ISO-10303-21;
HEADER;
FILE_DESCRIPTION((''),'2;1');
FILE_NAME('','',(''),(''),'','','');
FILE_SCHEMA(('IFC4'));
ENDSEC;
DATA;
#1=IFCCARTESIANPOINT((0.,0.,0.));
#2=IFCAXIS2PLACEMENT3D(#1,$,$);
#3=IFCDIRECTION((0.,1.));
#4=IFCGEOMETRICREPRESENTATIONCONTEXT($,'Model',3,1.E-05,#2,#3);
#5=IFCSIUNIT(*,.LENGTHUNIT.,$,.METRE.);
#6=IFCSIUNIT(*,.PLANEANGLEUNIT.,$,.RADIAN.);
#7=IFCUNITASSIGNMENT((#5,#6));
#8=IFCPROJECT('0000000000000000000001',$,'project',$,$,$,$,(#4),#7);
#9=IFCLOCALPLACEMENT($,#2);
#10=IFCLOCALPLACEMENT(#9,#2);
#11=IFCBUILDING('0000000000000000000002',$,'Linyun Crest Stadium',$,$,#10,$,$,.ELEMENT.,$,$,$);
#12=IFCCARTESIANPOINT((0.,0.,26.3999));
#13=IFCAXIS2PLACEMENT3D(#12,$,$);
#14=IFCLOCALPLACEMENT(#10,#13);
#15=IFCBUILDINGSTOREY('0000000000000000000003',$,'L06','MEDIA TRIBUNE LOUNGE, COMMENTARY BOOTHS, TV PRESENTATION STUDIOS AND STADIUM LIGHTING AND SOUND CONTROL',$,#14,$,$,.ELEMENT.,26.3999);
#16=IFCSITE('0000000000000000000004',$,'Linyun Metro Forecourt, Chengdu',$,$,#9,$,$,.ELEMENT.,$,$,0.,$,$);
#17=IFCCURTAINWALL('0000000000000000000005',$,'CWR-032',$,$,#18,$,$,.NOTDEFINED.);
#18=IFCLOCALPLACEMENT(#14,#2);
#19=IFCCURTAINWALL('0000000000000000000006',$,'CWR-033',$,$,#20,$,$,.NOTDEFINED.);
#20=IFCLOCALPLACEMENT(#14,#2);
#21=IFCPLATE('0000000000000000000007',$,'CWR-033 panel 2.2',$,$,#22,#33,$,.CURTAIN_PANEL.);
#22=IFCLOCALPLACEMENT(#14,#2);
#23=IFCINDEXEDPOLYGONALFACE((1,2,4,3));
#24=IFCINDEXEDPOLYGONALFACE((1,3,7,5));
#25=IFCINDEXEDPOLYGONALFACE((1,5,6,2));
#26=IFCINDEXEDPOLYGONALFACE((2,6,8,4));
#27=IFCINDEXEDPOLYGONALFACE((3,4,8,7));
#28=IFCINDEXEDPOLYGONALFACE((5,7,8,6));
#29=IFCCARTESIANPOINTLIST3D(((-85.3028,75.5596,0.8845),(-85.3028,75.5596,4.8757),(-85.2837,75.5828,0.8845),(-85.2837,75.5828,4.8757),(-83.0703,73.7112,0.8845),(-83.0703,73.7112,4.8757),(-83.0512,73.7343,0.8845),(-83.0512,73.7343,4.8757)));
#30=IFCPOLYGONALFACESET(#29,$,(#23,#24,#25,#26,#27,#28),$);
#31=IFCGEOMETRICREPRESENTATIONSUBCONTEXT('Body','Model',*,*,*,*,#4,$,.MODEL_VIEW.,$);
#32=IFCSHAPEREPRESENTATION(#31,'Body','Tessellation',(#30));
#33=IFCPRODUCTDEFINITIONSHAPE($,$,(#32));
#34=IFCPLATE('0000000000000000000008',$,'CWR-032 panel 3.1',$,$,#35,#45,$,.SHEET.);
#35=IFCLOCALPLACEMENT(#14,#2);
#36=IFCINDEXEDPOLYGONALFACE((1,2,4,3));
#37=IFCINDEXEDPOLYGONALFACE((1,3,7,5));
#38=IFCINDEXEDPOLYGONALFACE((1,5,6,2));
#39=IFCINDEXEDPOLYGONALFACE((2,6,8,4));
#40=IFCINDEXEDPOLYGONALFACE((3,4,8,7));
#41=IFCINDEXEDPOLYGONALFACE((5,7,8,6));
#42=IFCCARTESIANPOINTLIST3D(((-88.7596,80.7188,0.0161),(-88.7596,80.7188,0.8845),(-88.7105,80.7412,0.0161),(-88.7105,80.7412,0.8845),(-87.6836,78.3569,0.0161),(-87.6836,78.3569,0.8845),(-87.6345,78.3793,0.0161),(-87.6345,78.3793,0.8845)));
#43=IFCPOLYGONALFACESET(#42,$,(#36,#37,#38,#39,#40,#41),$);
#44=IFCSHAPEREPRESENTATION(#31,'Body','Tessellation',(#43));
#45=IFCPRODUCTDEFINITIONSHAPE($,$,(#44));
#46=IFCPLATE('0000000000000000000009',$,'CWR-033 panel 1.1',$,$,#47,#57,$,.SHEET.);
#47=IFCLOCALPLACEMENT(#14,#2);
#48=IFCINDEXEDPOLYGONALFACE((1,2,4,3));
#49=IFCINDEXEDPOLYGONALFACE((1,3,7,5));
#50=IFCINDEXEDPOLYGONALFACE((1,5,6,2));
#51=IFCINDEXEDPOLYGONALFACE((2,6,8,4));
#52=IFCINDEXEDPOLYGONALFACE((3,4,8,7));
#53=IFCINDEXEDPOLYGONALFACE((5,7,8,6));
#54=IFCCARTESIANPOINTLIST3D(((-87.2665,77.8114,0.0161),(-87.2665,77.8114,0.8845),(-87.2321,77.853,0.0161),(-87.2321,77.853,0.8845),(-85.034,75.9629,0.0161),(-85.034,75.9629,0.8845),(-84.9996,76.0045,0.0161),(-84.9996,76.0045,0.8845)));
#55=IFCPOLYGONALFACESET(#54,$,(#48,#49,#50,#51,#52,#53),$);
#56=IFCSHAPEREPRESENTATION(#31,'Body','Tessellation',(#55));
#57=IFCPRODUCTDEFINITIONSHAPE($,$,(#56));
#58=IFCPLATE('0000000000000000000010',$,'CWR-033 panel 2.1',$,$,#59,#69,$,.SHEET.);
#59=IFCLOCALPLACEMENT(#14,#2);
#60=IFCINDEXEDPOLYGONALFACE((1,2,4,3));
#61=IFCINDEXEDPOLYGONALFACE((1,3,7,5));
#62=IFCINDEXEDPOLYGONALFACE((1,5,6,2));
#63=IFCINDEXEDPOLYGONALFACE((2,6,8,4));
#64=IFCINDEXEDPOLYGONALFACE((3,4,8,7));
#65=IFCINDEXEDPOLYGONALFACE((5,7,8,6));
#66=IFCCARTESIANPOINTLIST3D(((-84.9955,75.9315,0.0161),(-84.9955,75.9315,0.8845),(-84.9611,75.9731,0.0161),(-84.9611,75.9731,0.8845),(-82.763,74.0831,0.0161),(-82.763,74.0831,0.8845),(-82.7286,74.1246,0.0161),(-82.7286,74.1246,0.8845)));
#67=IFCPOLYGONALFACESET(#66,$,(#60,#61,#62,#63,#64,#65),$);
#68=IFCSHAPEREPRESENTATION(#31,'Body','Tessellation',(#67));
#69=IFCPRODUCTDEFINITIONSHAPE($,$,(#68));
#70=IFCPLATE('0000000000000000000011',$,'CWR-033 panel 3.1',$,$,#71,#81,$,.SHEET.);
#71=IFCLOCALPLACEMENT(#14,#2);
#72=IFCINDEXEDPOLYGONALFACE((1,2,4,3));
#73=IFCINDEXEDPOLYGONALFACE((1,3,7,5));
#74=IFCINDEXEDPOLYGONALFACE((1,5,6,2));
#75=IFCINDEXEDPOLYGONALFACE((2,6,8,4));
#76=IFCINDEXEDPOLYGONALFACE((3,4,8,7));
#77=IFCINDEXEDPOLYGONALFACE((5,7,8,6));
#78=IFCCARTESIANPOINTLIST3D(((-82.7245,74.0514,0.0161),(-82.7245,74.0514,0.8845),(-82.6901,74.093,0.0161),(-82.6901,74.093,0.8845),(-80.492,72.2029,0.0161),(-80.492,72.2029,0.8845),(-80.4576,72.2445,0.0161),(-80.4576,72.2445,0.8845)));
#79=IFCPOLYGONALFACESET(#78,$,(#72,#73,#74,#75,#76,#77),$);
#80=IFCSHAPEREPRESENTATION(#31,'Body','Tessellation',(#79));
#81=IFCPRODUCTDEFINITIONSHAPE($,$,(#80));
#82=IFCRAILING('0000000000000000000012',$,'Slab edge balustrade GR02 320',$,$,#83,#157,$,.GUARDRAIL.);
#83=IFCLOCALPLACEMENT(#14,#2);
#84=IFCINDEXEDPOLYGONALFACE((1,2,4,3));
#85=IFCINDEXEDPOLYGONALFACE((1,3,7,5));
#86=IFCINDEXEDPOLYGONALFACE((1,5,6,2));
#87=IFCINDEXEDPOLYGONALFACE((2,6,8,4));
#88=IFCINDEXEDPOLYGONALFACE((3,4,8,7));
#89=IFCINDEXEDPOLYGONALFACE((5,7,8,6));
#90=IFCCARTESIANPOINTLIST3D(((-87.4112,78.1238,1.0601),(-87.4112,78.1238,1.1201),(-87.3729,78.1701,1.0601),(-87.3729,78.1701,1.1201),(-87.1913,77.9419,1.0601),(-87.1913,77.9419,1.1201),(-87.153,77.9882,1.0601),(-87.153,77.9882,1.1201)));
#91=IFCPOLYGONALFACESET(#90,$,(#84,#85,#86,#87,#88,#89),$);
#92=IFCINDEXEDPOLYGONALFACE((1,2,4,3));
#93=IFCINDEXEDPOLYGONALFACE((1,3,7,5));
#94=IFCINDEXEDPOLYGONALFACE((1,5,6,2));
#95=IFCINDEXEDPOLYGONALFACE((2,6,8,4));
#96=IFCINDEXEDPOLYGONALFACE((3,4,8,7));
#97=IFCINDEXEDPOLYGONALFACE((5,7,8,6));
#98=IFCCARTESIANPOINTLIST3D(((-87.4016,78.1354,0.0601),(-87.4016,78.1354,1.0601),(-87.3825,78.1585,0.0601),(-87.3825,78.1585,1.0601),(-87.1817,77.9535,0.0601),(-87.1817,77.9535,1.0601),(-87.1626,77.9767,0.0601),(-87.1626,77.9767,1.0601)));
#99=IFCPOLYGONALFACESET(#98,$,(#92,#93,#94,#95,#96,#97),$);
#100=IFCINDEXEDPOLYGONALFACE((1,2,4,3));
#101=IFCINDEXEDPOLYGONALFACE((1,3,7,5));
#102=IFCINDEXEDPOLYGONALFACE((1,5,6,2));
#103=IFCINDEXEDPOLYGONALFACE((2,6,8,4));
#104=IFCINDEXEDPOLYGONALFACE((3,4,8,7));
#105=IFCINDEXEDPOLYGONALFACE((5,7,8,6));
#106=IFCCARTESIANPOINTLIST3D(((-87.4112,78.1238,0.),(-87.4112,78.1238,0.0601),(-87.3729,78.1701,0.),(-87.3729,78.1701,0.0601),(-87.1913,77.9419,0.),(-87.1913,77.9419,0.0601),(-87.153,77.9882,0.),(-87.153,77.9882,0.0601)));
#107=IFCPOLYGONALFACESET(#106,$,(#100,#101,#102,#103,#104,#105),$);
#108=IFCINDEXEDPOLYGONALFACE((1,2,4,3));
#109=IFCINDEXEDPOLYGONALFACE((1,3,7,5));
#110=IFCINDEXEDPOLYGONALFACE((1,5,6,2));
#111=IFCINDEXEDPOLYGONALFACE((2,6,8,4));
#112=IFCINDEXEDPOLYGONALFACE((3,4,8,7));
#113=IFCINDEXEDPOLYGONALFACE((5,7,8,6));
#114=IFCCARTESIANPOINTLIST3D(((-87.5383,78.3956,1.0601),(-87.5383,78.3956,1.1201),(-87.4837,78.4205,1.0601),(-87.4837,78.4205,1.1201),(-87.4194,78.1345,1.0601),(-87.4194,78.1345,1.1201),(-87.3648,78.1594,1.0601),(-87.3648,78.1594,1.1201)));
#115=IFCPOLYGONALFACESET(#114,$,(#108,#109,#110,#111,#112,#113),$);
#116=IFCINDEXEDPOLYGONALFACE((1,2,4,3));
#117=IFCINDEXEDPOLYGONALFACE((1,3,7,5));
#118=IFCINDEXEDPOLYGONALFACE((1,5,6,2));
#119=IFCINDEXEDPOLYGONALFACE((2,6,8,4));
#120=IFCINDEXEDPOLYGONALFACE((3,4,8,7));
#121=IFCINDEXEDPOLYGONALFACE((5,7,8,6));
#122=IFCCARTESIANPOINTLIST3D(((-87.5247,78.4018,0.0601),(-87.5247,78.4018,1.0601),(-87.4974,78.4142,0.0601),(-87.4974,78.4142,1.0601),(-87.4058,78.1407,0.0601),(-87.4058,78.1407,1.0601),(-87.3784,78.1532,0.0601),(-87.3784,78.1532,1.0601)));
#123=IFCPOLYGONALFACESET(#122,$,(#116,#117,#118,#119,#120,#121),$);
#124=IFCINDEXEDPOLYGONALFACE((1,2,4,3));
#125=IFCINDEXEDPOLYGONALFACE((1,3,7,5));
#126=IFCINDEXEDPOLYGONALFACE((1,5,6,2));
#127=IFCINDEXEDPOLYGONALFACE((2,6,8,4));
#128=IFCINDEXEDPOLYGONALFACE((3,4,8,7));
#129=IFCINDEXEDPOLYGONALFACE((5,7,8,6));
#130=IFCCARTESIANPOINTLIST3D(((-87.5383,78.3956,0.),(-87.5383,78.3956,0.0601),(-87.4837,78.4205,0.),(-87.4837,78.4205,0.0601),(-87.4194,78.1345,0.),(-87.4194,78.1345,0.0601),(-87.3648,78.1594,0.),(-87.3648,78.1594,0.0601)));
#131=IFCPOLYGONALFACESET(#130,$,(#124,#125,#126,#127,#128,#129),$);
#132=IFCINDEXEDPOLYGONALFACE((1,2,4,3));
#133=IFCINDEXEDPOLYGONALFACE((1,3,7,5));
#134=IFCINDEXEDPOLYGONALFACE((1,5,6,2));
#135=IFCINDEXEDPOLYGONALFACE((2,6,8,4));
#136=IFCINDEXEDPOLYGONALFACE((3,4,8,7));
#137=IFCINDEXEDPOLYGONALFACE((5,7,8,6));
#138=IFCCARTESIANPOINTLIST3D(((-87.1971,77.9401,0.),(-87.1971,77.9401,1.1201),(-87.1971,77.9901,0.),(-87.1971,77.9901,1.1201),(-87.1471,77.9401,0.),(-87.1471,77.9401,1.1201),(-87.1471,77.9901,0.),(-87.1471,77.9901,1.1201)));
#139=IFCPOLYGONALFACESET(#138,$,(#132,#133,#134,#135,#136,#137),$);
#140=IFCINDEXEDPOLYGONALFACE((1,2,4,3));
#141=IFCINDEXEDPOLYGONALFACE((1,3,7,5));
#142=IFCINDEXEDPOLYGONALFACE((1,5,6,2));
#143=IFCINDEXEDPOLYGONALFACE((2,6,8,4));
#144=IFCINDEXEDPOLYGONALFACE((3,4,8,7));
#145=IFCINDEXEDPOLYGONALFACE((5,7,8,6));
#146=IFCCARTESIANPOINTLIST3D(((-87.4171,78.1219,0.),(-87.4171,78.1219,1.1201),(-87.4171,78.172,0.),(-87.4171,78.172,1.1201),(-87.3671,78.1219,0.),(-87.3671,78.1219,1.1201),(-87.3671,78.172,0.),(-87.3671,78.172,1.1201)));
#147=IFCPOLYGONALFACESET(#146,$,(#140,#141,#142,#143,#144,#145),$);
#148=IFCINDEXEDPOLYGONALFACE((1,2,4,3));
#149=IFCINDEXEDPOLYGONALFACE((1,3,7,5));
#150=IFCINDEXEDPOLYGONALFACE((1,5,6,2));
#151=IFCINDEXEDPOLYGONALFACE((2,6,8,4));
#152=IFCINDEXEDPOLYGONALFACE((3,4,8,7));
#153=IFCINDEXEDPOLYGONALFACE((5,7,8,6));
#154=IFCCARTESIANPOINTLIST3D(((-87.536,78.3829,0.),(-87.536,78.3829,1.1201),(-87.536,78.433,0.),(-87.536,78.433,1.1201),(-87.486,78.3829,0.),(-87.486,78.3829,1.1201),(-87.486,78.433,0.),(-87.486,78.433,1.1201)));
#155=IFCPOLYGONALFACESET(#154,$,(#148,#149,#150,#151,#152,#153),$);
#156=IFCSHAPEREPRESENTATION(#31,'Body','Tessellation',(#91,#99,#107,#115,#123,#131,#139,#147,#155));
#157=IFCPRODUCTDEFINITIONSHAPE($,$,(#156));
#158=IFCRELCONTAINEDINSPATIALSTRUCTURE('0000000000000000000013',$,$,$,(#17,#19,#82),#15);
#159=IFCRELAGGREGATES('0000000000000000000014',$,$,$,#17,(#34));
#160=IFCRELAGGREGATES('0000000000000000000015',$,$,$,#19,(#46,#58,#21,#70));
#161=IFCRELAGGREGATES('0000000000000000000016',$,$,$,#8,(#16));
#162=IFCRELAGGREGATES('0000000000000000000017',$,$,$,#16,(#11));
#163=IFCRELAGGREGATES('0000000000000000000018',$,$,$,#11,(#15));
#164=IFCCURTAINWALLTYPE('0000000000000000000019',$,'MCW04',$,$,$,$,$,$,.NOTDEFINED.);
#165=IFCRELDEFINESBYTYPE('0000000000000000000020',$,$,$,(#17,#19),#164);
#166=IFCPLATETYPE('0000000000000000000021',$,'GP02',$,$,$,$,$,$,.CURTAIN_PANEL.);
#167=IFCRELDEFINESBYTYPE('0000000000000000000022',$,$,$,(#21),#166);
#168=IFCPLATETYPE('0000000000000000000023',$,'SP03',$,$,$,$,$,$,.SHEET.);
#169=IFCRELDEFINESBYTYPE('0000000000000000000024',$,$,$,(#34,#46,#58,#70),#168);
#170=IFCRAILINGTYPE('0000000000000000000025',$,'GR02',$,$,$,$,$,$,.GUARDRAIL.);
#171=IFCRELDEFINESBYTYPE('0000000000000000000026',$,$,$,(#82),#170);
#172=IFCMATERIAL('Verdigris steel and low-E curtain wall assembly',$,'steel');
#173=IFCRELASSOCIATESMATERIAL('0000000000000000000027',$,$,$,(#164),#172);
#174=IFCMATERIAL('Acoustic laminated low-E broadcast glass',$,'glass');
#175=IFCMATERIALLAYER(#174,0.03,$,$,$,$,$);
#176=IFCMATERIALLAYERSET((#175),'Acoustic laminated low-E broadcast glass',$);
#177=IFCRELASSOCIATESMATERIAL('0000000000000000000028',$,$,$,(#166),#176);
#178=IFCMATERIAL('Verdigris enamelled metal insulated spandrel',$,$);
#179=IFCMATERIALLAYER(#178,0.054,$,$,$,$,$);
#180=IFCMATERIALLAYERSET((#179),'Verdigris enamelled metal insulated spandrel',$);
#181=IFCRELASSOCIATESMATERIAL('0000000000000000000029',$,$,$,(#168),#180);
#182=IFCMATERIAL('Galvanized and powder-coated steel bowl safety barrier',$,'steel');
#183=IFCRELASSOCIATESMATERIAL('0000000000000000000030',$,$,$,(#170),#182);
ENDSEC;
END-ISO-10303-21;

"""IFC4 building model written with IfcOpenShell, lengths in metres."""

from ifc_helpers import new_model, si_unit, direction, frame, origin, origin_2d, place, context, subcontext, project, spatial, rectangle, extrude, material, layer, layer_set, type_object, element, aggregate, save


model = new_model("IFC4")

# Units and contexts
model_context = context("Model", 3, precision=1e-05, world=origin(), true_north=direction((0.0, 1.0)))
body_context = subcontext(model_context, "Body", "Model", "MODEL_VIEW")
ifc_project = project(units=[si_unit("LENGTHUNIT", "METRE"), si_unit("PLANEANGLEUNIT", "RADIAN")], contexts=[model_context])

# Site, building, storey
site_placement = place(None, origin())
site = spatial("IfcSite", under=ifc_project, at=site_placement, Name="Linyun Metro Forecourt, Chengdu", CompositionType="ELEMENT", RefElevation=0.0)
building_placement = place(site_placement, origin())
building = spatial("IfcBuilding", under=site, at=building_placement, Name="Linyun Crest Stadium", CompositionType="ELEMENT")
storey_placement = place(building_placement, frame((0.0, 0.0, 26.3999)))
storey = spatial("IfcBuildingStorey", under=building, at=storey_placement, Name="L06", Description="MEDIA TRIBUNE LOUNGE, COMMENTARY BOOTHS, TV PRESENTATION STUDIOS AND STADIUM LIGHTING AND SOUND CONTROL", CompositionType="ELEMENT", Elevation=26.3999)

# Curtain wall
ifc_material_1 = material(Name="Verdigris steel and low-E curtain wall assembly", Category="steel")
curtain_wall_type = type_object("IfcCurtainWallType", Name="MCW04", PredefinedType="NOTDEFINED", material=ifc_material_1)
curtain_wall_1_placement = place(storey_placement, origin())
curtain_wall_1 = element("IfcCurtainWall", 1, at=curtain_wall_1_placement, inside=storey, type_object=curtain_wall_type, Name="CWR-032", PredefinedType="NOTDEFINED")

# Curtain wall
curtain_wall_2_placement = place(storey_placement, origin())
curtain_wall_2 = element("IfcCurtainWall", 2, at=curtain_wall_2_placement, inside=storey, type_object=curtain_wall_type, Name="CWR-033", PredefinedType="NOTDEFINED")

# Plates
ifc_material_2 = material(Name="Acoustic laminated low-E broadcast glass", Category="glass")
ifc_layer_1 = layer(ifc_material_2, 0.03)
ifc_layer_set_1 = layer_set([ifc_layer_1], Name="Acoustic laminated low-E broadcast glass")
plate_type_1 = type_object("IfcPlateType", Name="GP02", PredefinedType="CURTAIN_PANEL", material=ifc_layer_set_1)
plate_1_placement = place(storey_placement, frame((-84.177, 74.647, 0.8845), z_axis=(0.0, 0.0, 1.0), x_axis=(0.770246, -0.637747, 0.0)))
plate_1 = element("IfcPlate", 3, at=plate_1_placement, type_object=plate_type_1, Name="CWR-033 panel 2.2", PredefinedType="CURTAIN_PANEL", context=body_context, shape_type="SweptSolid", body=[
    extrude(rectangle(XDim=2.8984, YDim=0.03, at=origin_2d()), origin(), (0.0, 0.0, 1.0), 3.9912),
])
ifc_material_3 = material(Name="Verdigris enamelled metal insulated spandrel")
ifc_layer_2 = layer(ifc_material_3, 0.054)
ifc_layer_set_2 = layer_set([ifc_layer_2], Name="Verdigris enamelled metal insulated spandrel")
plate_type_2 = type_object("IfcPlateType", Name="SP03", PredefinedType="SHEET", material=ifc_layer_set_2)
plate_2_placement = place(storey_placement, frame((-88.197, 79.5491, 0.0161), z_axis=(0.0, 0.0, 1.0), x_axis=(0.414566, -0.910019, 0.0)))
plate_2 = element("IfcPlate", 4, at=plate_2_placement, type_object=plate_type_2, Name="CWR-032 panel 3.1", PredefinedType="SHEET", context=body_context, shape_type="SweptSolid", body=[
    extrude(rectangle(XDim=2.5955, YDim=0.054, at=origin_2d()), origin(), (0.0, 0.0, 1.0), 0.8684),
])
aggregate(curtain_wall_1, [plate_2])
plate_3_placement = place(storey_placement, frame((-86.1331, 76.908, 0.0161), z_axis=(0.0, 0.0, 1.0), x_axis=(0.770246, -0.637747, 0.0)))
plate_3 = element("IfcPlate", 5, at=plate_3_placement, type_object=plate_type_2, Name="CWR-033 panel 1.1", PredefinedType="SHEET", context=body_context, shape_type="SweptSolid", body=[
    extrude(rectangle(XDim=2.8984, YDim=0.054, at=origin_2d()), origin(), (0.0, 0.0, 1.0), 0.8684),
])
plate_4_placement = place(storey_placement, frame((-83.8621, 75.0281, 0.0161), z_axis=(0.0, 0.0, 1.0), x_axis=(0.770246, -0.637747, 0.0)))
plate_4 = element("IfcPlate", 6, at=plate_4_placement, type_object=plate_type_2, Name="CWR-033 panel 2.1", PredefinedType="SHEET", context=body_context, shape_type="SweptSolid", body=[
    extrude(rectangle(XDim=2.8984, YDim=0.054, at=origin_2d()), origin(), (0.0, 0.0, 1.0), 0.8684),
])
plate_5_placement = place(storey_placement, frame((-81.5911, 73.1479, 0.0161), z_axis=(0.0, 0.0, 1.0), x_axis=(0.770246, -0.637747, 0.0)))
plate_5 = element("IfcPlate", 7, at=plate_5_placement, type_object=plate_type_2, Name="CWR-033 panel 3.1", PredefinedType="SHEET", context=body_context, shape_type="SweptSolid", body=[
    extrude(rectangle(XDim=2.8984, YDim=0.054, at=origin_2d()), origin(), (0.0, 0.0, 1.0), 0.8684),
])
aggregate(curtain_wall_2, [plate_3, plate_4, plate_1, plate_5])

# Railing
ifc_material_4 = material(Name="Galvanized and powder-coated steel bowl safety barrier", Category="steel")
railing_type = type_object("IfcRailingType", Name="GR02", PredefinedType="GUARDRAIL", material=ifc_material_4)
railing_placement = place(storey_placement, frame((-87.1721, 77.9651, 0.0)))
element("IfcRailing", 8, at=railing_placement, inside=storey, type_object=railing_type, Name="Slab edge balustrade GR02 320", PredefinedType="GUARDRAIL", context=body_context, shape_type="SweptSolid", body=[
    extrude(rectangle(XDim=0.0601, YDim=0.0601, at=origin_2d()), frame((0.0, 0.0, 1.0901), z_axis=(-0.77067, 0.637235, 0.0), x_axis=(-0.637235, -0.77067, 0.0)), (0.0, 0.0, 1.0), 0.2854),
    extrude(rectangle(XDim=0.03, YDim=1.0, at=origin_2d()), frame((0.0, 0.0, 0.5601), z_axis=(-0.77067, 0.637235, 0.0), x_axis=(-0.637235, -0.77067, 0.0)), (0.0, 0.0, 1.0), 0.2854),
    extrude(rectangle(XDim=0.0601, YDim=0.0601, at=origin_2d()), frame((0.0, 0.0, 0.03), z_axis=(-0.77067, 0.637235, 0.0), x_axis=(-0.637235, -0.77067, 0.0)), (0.0, 0.0, 1.0), 0.2854),
    extrude(rectangle(XDim=0.0601, YDim=0.0601, at=origin_2d()), frame((-0.22, 0.1819, 1.0901), z_axis=(-0.414572, 0.910016, 0.0), x_axis=(-0.910016, -0.414572, 0.0)), (0.0, 0.0, 1.0), 0.2869),
    extrude(rectangle(XDim=0.03, YDim=1.0, at=origin_2d()), frame((-0.22, 0.1819, 0.5601), z_axis=(-0.414572, 0.910016, 0.0), x_axis=(-0.910016, -0.414572, 0.0)), (0.0, 0.0, 1.0), 0.2869),
    extrude(rectangle(XDim=0.0601, YDim=0.0601, at=origin_2d()), frame((-0.22, 0.1819, 0.03), z_axis=(-0.414572, 0.910016, 0.0), x_axis=(-0.910016, -0.414572, 0.0)), (0.0, 0.0, 1.0), 0.2869),
    extrude(rectangle(XDim=0.05, YDim=0.05, at=origin_2d()), origin(), (0.0, 0.0, 1.0), 1.1201),
    extrude(rectangle(XDim=0.05, YDim=0.05, at=origin_2d()), frame((-0.22, 0.1819, 0.0)), (0.0, 0.0, 1.0), 1.1201),
    extrude(rectangle(XDim=0.05, YDim=0.05, at=origin_2d()), frame((-0.3389, 0.4429, 0.0)), (0.0, 0.0, 1.0), 1.1201),
])

save(model, "model.ifc")
